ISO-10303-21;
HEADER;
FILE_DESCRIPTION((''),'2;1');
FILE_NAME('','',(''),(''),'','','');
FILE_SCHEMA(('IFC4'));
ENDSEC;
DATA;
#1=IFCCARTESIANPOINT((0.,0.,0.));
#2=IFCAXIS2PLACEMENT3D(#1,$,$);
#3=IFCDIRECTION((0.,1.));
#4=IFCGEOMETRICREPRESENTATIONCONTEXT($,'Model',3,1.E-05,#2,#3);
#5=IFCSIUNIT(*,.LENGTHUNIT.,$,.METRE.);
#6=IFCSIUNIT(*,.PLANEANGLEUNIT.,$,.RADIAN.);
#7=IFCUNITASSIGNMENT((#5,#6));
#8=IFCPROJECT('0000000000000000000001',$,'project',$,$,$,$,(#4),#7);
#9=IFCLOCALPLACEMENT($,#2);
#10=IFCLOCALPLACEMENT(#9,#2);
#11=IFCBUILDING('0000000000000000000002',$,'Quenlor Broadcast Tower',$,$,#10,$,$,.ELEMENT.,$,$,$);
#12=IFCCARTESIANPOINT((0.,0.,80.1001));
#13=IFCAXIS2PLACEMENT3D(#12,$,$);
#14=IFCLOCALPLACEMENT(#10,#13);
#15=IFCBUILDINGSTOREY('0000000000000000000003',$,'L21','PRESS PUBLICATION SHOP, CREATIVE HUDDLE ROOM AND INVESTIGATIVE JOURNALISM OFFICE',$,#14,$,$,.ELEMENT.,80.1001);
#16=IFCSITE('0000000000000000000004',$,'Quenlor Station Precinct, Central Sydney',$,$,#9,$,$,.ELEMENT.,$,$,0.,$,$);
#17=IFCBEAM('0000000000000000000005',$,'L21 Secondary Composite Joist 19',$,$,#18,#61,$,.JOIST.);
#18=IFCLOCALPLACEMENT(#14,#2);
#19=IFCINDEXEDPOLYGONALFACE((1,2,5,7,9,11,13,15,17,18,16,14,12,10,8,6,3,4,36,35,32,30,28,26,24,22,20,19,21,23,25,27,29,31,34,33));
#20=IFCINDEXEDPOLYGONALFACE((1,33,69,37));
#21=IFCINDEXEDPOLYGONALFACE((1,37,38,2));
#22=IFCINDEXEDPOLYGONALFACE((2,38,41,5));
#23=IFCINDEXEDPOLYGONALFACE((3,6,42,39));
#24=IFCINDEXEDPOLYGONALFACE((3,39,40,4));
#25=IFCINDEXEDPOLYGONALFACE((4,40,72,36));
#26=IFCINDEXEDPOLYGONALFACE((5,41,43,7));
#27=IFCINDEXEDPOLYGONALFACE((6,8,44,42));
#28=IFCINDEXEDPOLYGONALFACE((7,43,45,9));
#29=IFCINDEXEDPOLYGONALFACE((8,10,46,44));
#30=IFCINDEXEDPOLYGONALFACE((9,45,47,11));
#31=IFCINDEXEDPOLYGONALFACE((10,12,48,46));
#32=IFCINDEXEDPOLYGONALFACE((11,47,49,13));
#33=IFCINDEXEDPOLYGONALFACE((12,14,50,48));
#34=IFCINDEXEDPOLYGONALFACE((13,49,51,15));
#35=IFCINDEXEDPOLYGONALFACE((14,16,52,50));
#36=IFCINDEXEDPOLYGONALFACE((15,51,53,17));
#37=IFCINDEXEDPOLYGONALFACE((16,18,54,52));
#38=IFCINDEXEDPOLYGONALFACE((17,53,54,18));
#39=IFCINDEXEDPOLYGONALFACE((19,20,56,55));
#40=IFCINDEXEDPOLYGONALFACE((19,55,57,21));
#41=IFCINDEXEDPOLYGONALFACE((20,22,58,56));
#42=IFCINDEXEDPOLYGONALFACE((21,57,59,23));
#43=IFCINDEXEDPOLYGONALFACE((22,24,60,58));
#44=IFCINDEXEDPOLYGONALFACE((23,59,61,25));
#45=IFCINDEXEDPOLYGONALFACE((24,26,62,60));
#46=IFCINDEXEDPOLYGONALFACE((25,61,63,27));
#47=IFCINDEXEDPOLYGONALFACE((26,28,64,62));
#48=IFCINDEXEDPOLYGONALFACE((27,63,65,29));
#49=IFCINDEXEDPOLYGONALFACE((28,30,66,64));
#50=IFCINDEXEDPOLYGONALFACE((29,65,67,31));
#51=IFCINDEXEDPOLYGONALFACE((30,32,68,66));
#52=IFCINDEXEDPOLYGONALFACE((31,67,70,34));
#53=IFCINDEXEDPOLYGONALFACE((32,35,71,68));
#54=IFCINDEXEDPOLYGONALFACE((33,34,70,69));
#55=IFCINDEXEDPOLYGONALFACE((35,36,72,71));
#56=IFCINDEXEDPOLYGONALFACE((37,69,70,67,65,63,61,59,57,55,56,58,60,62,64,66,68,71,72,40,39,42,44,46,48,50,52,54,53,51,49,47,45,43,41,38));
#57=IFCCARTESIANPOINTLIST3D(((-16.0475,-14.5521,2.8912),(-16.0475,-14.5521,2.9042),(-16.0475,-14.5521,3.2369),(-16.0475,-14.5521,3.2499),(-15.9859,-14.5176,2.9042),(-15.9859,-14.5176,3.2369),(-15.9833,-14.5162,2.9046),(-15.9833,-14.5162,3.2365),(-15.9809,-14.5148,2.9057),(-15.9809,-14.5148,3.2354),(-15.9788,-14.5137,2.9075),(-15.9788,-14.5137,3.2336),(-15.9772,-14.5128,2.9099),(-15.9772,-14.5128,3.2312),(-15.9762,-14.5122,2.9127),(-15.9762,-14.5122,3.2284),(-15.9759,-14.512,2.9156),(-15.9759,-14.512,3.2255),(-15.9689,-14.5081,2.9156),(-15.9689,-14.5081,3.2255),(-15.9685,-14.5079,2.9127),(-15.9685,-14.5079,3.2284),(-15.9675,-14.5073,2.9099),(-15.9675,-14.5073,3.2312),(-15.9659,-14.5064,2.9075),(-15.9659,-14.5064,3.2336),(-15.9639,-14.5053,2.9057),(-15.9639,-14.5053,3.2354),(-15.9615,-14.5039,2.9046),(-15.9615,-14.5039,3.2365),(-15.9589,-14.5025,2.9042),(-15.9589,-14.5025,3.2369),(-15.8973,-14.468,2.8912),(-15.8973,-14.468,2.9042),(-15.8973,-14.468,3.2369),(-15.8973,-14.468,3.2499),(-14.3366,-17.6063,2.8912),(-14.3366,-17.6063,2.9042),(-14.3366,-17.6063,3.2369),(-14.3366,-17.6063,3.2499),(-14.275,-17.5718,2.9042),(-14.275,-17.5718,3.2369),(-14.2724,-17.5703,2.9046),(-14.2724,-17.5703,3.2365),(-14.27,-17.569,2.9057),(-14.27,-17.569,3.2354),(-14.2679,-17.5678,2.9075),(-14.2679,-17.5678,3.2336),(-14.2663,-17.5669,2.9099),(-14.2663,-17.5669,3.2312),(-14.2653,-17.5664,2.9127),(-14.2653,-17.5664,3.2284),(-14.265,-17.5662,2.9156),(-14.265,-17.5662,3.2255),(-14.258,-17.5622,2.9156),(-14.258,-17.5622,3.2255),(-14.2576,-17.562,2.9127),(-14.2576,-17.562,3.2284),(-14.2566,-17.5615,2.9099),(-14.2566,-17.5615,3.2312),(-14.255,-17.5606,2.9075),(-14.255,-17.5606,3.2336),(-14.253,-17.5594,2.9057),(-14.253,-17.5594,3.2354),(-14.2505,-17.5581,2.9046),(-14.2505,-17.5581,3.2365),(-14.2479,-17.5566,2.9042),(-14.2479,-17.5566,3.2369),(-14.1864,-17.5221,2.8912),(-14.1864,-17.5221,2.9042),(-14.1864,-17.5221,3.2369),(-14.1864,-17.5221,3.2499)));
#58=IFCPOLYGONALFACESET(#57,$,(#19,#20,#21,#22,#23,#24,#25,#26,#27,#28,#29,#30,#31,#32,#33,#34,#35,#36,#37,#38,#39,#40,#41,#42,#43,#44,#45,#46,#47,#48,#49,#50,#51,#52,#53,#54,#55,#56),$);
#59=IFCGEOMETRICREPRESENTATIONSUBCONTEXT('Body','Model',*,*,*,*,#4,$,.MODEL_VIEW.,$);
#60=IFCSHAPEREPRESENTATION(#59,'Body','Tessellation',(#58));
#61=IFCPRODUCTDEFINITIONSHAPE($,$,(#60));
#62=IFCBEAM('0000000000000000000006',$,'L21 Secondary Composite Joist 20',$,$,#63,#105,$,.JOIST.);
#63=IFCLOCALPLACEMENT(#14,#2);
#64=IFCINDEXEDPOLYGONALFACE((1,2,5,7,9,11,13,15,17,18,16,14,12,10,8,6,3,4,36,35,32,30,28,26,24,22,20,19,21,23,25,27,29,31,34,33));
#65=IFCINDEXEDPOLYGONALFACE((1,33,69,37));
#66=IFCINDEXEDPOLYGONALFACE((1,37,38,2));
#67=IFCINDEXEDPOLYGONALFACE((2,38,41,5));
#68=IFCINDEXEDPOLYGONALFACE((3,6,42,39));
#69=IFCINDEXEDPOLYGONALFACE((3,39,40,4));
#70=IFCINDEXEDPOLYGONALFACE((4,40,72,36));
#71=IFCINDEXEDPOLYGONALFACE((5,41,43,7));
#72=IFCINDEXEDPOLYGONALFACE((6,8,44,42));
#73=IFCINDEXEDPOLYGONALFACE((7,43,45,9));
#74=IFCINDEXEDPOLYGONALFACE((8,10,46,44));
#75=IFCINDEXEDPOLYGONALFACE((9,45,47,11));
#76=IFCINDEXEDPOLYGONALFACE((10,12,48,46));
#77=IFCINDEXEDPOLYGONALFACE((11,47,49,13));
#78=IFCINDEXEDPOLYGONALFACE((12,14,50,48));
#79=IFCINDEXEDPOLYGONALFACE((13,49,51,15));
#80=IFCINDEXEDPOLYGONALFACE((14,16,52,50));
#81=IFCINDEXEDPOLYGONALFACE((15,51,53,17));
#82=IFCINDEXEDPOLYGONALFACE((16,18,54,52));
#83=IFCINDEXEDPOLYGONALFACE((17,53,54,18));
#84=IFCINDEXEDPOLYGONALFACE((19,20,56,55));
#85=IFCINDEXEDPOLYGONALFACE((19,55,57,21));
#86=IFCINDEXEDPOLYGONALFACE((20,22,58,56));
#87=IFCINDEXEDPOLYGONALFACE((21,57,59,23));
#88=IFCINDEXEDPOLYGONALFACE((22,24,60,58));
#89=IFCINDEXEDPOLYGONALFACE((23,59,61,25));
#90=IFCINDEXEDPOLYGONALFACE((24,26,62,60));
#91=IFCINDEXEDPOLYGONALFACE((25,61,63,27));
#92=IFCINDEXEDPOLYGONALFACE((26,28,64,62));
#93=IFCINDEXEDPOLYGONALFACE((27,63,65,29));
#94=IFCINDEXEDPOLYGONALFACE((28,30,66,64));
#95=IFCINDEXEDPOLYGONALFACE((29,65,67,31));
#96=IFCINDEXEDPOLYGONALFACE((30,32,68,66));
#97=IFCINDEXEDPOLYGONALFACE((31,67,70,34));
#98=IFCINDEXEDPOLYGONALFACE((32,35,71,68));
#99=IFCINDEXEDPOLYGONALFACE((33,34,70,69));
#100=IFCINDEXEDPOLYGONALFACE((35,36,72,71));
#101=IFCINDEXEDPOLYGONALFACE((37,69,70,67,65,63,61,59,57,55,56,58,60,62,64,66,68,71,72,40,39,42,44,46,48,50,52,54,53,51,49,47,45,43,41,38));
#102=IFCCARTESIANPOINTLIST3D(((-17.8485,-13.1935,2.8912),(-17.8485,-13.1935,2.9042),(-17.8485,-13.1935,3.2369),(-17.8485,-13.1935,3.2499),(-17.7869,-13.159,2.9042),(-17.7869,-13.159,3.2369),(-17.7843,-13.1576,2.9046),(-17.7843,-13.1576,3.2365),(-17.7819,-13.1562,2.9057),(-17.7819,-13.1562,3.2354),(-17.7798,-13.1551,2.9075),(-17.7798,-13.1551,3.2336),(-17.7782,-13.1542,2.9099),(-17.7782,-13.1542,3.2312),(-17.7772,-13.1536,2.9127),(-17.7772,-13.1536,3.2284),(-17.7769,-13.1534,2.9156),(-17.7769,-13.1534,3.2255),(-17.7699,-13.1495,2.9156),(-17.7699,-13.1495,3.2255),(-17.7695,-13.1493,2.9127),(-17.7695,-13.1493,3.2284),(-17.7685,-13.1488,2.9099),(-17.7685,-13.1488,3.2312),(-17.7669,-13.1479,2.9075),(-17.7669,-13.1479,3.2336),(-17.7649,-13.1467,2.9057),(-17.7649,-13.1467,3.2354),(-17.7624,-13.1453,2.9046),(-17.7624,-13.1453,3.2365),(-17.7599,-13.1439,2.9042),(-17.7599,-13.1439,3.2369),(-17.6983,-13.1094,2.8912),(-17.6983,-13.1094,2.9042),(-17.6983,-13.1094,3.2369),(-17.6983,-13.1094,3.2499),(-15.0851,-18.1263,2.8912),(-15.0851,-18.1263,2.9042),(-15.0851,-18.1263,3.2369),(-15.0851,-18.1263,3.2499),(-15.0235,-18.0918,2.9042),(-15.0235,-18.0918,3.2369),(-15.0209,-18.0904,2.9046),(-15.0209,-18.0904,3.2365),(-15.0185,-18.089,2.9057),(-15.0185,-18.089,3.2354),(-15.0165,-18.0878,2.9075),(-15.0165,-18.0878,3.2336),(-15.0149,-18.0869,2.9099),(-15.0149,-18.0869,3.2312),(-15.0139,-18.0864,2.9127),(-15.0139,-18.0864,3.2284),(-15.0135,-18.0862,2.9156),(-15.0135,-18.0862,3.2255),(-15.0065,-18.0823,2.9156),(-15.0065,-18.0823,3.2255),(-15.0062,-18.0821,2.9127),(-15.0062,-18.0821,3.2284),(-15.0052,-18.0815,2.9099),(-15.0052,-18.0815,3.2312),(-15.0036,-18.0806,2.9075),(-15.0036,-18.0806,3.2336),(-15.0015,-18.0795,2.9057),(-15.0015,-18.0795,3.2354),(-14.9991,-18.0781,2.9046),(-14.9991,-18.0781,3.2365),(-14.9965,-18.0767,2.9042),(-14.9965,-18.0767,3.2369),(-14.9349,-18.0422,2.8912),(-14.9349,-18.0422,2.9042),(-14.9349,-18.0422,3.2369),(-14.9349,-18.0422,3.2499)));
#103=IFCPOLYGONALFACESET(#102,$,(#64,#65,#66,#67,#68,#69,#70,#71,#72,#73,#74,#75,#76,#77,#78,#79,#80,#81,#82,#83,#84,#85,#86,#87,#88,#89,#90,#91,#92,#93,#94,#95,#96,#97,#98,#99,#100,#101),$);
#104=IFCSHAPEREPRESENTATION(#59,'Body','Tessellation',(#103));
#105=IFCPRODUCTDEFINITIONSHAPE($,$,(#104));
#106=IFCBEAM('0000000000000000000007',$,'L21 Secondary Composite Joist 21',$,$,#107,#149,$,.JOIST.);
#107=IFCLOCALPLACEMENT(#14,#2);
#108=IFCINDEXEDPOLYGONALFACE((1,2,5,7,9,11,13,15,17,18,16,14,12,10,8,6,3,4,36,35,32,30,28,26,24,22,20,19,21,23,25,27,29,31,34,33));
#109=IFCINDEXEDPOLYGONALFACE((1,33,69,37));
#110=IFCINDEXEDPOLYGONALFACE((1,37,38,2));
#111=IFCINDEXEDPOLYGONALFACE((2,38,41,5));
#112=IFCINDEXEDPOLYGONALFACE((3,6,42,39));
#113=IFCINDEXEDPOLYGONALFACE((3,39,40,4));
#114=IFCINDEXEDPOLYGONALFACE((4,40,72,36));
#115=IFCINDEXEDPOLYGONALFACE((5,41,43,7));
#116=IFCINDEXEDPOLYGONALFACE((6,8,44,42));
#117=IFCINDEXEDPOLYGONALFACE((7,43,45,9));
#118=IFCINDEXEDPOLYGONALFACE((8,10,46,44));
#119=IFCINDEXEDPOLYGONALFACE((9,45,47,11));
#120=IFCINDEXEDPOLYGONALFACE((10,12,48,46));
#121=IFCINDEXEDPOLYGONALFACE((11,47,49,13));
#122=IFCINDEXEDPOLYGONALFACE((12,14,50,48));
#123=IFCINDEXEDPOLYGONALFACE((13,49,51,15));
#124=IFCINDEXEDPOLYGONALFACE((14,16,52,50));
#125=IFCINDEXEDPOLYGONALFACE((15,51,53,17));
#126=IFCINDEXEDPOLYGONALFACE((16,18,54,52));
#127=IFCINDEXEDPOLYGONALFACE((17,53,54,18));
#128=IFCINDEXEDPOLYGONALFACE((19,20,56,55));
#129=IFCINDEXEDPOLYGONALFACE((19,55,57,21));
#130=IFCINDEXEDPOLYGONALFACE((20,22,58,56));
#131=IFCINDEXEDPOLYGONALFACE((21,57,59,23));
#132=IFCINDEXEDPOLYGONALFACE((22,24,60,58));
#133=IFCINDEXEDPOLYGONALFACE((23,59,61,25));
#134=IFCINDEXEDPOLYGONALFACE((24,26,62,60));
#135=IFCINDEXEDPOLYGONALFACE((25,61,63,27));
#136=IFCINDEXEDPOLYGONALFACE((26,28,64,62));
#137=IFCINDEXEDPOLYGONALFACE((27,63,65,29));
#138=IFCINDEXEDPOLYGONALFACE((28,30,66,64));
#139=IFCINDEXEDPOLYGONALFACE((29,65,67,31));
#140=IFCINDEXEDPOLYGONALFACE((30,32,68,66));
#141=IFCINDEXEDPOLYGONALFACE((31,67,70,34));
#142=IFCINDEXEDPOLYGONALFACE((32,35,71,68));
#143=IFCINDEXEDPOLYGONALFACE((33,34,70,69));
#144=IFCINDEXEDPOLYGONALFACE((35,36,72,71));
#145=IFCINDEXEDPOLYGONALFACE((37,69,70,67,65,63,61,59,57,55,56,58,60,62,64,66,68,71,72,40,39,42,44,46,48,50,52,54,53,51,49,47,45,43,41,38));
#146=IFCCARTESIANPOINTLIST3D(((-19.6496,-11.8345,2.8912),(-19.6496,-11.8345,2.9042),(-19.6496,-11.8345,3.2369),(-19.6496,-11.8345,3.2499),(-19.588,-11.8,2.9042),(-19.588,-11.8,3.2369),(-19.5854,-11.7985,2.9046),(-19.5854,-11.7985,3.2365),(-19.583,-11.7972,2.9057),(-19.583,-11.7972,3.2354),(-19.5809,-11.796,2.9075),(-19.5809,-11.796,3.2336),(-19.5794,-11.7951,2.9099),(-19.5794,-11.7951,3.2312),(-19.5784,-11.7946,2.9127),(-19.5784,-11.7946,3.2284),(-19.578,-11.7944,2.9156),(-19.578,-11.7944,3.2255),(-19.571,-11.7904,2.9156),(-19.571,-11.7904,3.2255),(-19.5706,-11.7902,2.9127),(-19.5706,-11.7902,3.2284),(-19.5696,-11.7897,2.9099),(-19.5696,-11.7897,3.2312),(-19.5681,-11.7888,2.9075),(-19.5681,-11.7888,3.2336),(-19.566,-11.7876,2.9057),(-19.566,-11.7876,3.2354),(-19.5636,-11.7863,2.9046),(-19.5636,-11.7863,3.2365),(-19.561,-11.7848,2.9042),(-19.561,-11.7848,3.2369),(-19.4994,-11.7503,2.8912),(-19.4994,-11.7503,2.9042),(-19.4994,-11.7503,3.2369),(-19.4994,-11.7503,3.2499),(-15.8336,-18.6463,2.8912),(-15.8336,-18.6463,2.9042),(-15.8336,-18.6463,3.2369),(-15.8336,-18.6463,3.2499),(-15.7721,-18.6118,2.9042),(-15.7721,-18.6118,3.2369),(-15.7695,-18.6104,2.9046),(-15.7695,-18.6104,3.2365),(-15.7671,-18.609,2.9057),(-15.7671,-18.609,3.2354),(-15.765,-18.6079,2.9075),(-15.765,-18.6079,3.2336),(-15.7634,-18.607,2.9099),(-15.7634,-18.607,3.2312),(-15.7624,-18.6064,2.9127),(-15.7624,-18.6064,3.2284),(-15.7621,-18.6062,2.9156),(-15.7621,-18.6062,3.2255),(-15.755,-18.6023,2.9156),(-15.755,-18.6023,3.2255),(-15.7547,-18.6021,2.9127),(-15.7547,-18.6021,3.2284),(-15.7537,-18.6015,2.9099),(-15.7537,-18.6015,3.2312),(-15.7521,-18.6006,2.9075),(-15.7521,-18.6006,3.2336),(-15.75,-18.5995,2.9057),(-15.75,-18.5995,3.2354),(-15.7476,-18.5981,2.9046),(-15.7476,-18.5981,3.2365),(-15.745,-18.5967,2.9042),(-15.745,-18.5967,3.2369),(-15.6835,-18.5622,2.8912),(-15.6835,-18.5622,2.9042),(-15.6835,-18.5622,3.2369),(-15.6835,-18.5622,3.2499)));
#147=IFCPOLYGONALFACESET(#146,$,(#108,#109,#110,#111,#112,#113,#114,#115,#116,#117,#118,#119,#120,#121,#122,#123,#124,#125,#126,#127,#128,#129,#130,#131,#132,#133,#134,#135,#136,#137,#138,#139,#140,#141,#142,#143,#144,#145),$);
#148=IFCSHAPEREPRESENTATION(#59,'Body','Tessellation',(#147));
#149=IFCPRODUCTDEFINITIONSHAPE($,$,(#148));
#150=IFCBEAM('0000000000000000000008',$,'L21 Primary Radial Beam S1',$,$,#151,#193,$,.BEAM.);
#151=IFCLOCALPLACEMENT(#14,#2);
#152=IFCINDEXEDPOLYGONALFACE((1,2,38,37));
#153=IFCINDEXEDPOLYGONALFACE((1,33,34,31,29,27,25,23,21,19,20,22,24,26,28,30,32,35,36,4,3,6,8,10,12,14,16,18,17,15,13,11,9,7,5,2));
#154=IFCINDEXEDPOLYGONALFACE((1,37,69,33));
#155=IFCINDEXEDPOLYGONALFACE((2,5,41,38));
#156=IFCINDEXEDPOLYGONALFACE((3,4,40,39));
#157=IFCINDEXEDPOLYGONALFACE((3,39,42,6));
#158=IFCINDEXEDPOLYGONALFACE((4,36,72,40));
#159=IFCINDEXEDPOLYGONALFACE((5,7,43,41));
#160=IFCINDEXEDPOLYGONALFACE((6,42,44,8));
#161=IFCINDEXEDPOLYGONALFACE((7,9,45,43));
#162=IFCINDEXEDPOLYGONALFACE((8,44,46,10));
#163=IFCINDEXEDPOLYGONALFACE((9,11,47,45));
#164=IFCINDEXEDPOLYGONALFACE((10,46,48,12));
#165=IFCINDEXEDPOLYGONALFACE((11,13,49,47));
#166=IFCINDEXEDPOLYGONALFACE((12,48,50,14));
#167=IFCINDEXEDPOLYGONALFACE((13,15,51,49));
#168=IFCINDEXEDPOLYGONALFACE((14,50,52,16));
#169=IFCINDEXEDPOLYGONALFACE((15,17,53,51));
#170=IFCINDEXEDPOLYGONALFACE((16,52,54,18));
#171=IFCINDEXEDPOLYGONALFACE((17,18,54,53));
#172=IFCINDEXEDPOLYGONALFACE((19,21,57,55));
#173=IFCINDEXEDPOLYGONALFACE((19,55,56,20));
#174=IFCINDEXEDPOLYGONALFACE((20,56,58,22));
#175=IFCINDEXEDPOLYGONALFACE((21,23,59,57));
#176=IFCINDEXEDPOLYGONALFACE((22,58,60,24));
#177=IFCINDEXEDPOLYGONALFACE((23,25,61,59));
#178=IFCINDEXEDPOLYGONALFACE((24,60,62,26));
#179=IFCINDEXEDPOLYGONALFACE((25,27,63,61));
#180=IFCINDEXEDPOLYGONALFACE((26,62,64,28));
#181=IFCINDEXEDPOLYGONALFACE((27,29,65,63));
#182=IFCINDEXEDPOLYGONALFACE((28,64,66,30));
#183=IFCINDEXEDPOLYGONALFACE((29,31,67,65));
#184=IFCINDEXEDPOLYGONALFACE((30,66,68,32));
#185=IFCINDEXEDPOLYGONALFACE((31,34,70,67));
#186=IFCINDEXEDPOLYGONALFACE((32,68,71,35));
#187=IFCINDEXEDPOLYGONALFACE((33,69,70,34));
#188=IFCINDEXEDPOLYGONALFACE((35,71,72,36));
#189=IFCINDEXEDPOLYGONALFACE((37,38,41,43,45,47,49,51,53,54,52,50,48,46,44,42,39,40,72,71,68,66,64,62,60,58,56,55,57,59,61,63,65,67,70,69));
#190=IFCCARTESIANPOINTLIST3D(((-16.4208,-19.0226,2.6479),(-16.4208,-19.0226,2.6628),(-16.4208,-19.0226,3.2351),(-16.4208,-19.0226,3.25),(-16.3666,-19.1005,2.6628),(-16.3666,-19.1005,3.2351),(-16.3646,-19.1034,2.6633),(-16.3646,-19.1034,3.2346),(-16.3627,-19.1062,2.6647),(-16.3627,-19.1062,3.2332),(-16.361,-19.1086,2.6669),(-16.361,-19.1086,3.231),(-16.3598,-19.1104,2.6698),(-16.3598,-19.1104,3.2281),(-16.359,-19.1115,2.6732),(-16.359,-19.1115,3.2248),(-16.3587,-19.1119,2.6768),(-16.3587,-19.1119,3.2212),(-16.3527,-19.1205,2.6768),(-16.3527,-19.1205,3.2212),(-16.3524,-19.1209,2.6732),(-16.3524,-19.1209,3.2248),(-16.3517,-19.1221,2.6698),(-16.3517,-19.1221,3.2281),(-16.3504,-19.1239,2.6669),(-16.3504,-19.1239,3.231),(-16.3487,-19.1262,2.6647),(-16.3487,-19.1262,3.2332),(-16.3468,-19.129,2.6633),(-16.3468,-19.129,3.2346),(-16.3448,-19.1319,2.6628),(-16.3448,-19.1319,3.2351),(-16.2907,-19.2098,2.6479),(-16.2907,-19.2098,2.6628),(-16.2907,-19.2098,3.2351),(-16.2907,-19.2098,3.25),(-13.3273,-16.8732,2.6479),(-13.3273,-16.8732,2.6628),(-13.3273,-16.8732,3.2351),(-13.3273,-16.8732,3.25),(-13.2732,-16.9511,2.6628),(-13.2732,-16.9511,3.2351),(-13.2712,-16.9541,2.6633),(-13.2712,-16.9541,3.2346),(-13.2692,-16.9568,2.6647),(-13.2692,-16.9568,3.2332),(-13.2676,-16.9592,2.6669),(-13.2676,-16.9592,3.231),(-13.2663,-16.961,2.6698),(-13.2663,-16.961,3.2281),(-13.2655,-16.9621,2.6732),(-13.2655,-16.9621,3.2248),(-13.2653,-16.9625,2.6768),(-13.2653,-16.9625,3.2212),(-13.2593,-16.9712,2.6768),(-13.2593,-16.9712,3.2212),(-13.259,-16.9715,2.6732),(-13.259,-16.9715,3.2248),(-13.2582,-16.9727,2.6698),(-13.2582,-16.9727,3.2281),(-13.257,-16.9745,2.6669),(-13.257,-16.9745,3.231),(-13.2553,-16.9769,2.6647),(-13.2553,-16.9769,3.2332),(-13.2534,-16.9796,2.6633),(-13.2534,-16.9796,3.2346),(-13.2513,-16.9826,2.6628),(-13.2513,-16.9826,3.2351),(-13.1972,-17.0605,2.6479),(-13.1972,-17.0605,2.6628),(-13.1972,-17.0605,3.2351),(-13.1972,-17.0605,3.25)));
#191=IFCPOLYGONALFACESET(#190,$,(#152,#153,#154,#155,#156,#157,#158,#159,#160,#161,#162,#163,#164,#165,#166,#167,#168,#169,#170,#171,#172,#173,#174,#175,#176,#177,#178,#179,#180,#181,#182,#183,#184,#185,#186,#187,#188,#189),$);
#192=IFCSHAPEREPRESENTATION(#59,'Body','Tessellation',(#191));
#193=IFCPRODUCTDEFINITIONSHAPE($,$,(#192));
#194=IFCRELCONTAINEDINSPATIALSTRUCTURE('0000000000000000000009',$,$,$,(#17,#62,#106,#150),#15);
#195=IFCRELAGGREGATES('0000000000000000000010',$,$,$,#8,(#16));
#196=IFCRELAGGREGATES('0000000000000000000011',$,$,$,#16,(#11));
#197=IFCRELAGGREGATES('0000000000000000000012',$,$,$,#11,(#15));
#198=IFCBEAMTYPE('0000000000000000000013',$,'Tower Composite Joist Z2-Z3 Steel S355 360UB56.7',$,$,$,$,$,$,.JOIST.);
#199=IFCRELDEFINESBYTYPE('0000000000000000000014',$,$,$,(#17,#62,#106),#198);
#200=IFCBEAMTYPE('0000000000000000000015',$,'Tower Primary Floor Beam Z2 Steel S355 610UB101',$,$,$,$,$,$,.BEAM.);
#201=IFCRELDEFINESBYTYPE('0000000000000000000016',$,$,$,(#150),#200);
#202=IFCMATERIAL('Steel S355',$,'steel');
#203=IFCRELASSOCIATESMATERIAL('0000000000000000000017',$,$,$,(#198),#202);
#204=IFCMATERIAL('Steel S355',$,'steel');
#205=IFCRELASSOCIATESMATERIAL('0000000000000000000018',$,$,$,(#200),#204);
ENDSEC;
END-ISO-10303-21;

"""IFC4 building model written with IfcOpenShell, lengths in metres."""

from ifc_helpers import new_model, si_unit, direction, frame, origin, origin_2d, place, context, subcontext, project, spatial, i_section, extrude, material, material_profile, profile_set, type_object, element, save


model = new_model("IFC4")

# Units and contexts
model_context = context("Model", 3, precision=1e-05, world=origin(), true_north=direction((0.0, 1.0)))
body_context = subcontext(model_context, "Body", "Model", "MODEL_VIEW")
ifc_project = project(units=[si_unit("LENGTHUNIT", "METRE"), si_unit("PLANEANGLEUNIT", "RADIAN")], contexts=[model_context])

# Site, building, storey
site_placement = place(None, origin())
site = spatial("IfcSite", under=ifc_project, at=site_placement, Name="Quenlor Station Precinct, Central Sydney", CompositionType="ELEMENT", RefElevation=0.0)
building_placement = place(site_placement, origin())
building = spatial("IfcBuilding", under=site, at=building_placement, Name="Quenlor Broadcast Tower", CompositionType="ELEMENT")
storey_placement = place(building_placement, frame((0.0, 0.0, 80.1001)))
storey = spatial("IfcBuildingStorey", under=building, at=storey_placement, Name="L21", Description="PRESS PUBLICATION SHOP, CREATIVE HUDDLE ROOM AND INVESTIGATIVE JOURNALISM OFFICE", CompositionType="ELEMENT", Elevation=80.1001)

# Beams
ifc_material_1 = material(Name="Steel S355", Category="steel")
ifc_material_profile_1 = material_profile(ifc_material_1, i_section(OverallWidth=0.1721, OverallDepth=0.3586, WebThickness=0.0081, FlangeThickness=0.0129, FilletRadius=0.0115, at=origin_2d()))
ifc_profile_set_1 = profile_set([ifc_material_profile_1], Name="Steel S355 360UB56.7")
beam_type_1 = type_object("IfcBeamType", Name="Tower Composite Joist Z2-Z3 Steel S355 360UB56.7", PredefinedType="JOIST", material=ifc_profile_set_1)
beam_1_placement = place(storey_placement, frame((-14.2615, -17.5642, 3.0706), z_axis=(-0.488731, 0.872435, 0.0), x_axis=(-0.872435, -0.488731, 0.0)))
element("IfcBeam", 1, at=beam_1_placement, inside=storey, type_object=beam_type_1, Name="L21 Secondary Composite Joist 19", PredefinedType="JOIST", context=body_context, shape_type="SweptSolid", body=[
    extrude(i_section(OverallWidth=0.1721, OverallDepth=0.3586, WebThickness=0.0081, FlangeThickness=0.0129, FilletRadius=0.0115, at=origin_2d()), origin(), (0.0, 0.0, 1.0), 3.5007),
])
beam_2_placement = place(storey_placement, frame((-15.01, -18.0842, 3.0706), z_axis=(-0.488741, 0.872429, 0.0), x_axis=(-0.872429, -0.488741, 0.0)))
element("IfcBeam", 2, at=beam_2_placement, inside=storey, type_object=beam_type_1, Name="L21 Secondary Composite Joist 20", PredefinedType="JOIST", context=body_context, shape_type="SweptSolid", body=[
    extrude(i_section(OverallWidth=0.1721, OverallDepth=0.3586, WebThickness=0.0081, FlangeThickness=0.0129, FilletRadius=0.0115, at=origin_2d()), origin(), (0.0, 0.0, 1.0), 5.6541),
])
beam_3_placement = place(storey_placement, frame((-15.7585, -18.6042, 3.0706), z_axis=(-0.488733, 0.872433, 0.0), x_axis=(-0.872433, -0.488733, 0.0)))
element("IfcBeam", 3, at=beam_3_placement, inside=storey, type_object=beam_type_1, Name="L21 Secondary Composite Joist 21", PredefinedType="JOIST", context=body_context, shape_type="SweptSolid", body=[
    extrude(i_section(OverallWidth=0.1721, OverallDepth=0.3586, WebThickness=0.0081, FlangeThickness=0.0129, FilletRadius=0.0115, at=origin_2d()), origin(), (0.0, 0.0, 1.0), 7.8079),
])
ifc_material_2 = material(Name="Steel S355", Category="steel")
ifc_material_profile_2 = material_profile(ifc_material_2, i_section(OverallWidth=0.228, OverallDepth=0.6021, WebThickness=0.0105, FlangeThickness=0.0149, FilletRadius=0.0139, at=origin_2d()))
ifc_profile_set_2 = profile_set([ifc_material_profile_2], Name="Steel S355 610UB101")
beam_type_2 = type_object("IfcBeamType", Name="Tower Primary Floor Beam Z2 Steel S355 610UB101", PredefinedType="BEAM", material=ifc_profile_set_2)
beam_4_placement = place(storey_placement, frame((-16.3557, -19.1162, 2.949), z_axis=(0.821227, 0.570601, 0.0), x_axis=(-0.570601, 0.821227, 0.0)))
element("IfcBeam", 4, at=beam_4_placement, inside=storey, type_object=beam_type_2, Name="L21 Primary Radial Beam S1", PredefinedType="BEAM", context=body_context, shape_type="SweptSolid", body=[
    extrude(i_section(OverallWidth=0.228, OverallDepth=0.6021, WebThickness=0.0105, FlangeThickness=0.0149, FilletRadius=0.0139, at=origin_2d()), origin(), (0.0, 0.0, 1.0), 3.7668),
])

save(model, "model.ifc")
